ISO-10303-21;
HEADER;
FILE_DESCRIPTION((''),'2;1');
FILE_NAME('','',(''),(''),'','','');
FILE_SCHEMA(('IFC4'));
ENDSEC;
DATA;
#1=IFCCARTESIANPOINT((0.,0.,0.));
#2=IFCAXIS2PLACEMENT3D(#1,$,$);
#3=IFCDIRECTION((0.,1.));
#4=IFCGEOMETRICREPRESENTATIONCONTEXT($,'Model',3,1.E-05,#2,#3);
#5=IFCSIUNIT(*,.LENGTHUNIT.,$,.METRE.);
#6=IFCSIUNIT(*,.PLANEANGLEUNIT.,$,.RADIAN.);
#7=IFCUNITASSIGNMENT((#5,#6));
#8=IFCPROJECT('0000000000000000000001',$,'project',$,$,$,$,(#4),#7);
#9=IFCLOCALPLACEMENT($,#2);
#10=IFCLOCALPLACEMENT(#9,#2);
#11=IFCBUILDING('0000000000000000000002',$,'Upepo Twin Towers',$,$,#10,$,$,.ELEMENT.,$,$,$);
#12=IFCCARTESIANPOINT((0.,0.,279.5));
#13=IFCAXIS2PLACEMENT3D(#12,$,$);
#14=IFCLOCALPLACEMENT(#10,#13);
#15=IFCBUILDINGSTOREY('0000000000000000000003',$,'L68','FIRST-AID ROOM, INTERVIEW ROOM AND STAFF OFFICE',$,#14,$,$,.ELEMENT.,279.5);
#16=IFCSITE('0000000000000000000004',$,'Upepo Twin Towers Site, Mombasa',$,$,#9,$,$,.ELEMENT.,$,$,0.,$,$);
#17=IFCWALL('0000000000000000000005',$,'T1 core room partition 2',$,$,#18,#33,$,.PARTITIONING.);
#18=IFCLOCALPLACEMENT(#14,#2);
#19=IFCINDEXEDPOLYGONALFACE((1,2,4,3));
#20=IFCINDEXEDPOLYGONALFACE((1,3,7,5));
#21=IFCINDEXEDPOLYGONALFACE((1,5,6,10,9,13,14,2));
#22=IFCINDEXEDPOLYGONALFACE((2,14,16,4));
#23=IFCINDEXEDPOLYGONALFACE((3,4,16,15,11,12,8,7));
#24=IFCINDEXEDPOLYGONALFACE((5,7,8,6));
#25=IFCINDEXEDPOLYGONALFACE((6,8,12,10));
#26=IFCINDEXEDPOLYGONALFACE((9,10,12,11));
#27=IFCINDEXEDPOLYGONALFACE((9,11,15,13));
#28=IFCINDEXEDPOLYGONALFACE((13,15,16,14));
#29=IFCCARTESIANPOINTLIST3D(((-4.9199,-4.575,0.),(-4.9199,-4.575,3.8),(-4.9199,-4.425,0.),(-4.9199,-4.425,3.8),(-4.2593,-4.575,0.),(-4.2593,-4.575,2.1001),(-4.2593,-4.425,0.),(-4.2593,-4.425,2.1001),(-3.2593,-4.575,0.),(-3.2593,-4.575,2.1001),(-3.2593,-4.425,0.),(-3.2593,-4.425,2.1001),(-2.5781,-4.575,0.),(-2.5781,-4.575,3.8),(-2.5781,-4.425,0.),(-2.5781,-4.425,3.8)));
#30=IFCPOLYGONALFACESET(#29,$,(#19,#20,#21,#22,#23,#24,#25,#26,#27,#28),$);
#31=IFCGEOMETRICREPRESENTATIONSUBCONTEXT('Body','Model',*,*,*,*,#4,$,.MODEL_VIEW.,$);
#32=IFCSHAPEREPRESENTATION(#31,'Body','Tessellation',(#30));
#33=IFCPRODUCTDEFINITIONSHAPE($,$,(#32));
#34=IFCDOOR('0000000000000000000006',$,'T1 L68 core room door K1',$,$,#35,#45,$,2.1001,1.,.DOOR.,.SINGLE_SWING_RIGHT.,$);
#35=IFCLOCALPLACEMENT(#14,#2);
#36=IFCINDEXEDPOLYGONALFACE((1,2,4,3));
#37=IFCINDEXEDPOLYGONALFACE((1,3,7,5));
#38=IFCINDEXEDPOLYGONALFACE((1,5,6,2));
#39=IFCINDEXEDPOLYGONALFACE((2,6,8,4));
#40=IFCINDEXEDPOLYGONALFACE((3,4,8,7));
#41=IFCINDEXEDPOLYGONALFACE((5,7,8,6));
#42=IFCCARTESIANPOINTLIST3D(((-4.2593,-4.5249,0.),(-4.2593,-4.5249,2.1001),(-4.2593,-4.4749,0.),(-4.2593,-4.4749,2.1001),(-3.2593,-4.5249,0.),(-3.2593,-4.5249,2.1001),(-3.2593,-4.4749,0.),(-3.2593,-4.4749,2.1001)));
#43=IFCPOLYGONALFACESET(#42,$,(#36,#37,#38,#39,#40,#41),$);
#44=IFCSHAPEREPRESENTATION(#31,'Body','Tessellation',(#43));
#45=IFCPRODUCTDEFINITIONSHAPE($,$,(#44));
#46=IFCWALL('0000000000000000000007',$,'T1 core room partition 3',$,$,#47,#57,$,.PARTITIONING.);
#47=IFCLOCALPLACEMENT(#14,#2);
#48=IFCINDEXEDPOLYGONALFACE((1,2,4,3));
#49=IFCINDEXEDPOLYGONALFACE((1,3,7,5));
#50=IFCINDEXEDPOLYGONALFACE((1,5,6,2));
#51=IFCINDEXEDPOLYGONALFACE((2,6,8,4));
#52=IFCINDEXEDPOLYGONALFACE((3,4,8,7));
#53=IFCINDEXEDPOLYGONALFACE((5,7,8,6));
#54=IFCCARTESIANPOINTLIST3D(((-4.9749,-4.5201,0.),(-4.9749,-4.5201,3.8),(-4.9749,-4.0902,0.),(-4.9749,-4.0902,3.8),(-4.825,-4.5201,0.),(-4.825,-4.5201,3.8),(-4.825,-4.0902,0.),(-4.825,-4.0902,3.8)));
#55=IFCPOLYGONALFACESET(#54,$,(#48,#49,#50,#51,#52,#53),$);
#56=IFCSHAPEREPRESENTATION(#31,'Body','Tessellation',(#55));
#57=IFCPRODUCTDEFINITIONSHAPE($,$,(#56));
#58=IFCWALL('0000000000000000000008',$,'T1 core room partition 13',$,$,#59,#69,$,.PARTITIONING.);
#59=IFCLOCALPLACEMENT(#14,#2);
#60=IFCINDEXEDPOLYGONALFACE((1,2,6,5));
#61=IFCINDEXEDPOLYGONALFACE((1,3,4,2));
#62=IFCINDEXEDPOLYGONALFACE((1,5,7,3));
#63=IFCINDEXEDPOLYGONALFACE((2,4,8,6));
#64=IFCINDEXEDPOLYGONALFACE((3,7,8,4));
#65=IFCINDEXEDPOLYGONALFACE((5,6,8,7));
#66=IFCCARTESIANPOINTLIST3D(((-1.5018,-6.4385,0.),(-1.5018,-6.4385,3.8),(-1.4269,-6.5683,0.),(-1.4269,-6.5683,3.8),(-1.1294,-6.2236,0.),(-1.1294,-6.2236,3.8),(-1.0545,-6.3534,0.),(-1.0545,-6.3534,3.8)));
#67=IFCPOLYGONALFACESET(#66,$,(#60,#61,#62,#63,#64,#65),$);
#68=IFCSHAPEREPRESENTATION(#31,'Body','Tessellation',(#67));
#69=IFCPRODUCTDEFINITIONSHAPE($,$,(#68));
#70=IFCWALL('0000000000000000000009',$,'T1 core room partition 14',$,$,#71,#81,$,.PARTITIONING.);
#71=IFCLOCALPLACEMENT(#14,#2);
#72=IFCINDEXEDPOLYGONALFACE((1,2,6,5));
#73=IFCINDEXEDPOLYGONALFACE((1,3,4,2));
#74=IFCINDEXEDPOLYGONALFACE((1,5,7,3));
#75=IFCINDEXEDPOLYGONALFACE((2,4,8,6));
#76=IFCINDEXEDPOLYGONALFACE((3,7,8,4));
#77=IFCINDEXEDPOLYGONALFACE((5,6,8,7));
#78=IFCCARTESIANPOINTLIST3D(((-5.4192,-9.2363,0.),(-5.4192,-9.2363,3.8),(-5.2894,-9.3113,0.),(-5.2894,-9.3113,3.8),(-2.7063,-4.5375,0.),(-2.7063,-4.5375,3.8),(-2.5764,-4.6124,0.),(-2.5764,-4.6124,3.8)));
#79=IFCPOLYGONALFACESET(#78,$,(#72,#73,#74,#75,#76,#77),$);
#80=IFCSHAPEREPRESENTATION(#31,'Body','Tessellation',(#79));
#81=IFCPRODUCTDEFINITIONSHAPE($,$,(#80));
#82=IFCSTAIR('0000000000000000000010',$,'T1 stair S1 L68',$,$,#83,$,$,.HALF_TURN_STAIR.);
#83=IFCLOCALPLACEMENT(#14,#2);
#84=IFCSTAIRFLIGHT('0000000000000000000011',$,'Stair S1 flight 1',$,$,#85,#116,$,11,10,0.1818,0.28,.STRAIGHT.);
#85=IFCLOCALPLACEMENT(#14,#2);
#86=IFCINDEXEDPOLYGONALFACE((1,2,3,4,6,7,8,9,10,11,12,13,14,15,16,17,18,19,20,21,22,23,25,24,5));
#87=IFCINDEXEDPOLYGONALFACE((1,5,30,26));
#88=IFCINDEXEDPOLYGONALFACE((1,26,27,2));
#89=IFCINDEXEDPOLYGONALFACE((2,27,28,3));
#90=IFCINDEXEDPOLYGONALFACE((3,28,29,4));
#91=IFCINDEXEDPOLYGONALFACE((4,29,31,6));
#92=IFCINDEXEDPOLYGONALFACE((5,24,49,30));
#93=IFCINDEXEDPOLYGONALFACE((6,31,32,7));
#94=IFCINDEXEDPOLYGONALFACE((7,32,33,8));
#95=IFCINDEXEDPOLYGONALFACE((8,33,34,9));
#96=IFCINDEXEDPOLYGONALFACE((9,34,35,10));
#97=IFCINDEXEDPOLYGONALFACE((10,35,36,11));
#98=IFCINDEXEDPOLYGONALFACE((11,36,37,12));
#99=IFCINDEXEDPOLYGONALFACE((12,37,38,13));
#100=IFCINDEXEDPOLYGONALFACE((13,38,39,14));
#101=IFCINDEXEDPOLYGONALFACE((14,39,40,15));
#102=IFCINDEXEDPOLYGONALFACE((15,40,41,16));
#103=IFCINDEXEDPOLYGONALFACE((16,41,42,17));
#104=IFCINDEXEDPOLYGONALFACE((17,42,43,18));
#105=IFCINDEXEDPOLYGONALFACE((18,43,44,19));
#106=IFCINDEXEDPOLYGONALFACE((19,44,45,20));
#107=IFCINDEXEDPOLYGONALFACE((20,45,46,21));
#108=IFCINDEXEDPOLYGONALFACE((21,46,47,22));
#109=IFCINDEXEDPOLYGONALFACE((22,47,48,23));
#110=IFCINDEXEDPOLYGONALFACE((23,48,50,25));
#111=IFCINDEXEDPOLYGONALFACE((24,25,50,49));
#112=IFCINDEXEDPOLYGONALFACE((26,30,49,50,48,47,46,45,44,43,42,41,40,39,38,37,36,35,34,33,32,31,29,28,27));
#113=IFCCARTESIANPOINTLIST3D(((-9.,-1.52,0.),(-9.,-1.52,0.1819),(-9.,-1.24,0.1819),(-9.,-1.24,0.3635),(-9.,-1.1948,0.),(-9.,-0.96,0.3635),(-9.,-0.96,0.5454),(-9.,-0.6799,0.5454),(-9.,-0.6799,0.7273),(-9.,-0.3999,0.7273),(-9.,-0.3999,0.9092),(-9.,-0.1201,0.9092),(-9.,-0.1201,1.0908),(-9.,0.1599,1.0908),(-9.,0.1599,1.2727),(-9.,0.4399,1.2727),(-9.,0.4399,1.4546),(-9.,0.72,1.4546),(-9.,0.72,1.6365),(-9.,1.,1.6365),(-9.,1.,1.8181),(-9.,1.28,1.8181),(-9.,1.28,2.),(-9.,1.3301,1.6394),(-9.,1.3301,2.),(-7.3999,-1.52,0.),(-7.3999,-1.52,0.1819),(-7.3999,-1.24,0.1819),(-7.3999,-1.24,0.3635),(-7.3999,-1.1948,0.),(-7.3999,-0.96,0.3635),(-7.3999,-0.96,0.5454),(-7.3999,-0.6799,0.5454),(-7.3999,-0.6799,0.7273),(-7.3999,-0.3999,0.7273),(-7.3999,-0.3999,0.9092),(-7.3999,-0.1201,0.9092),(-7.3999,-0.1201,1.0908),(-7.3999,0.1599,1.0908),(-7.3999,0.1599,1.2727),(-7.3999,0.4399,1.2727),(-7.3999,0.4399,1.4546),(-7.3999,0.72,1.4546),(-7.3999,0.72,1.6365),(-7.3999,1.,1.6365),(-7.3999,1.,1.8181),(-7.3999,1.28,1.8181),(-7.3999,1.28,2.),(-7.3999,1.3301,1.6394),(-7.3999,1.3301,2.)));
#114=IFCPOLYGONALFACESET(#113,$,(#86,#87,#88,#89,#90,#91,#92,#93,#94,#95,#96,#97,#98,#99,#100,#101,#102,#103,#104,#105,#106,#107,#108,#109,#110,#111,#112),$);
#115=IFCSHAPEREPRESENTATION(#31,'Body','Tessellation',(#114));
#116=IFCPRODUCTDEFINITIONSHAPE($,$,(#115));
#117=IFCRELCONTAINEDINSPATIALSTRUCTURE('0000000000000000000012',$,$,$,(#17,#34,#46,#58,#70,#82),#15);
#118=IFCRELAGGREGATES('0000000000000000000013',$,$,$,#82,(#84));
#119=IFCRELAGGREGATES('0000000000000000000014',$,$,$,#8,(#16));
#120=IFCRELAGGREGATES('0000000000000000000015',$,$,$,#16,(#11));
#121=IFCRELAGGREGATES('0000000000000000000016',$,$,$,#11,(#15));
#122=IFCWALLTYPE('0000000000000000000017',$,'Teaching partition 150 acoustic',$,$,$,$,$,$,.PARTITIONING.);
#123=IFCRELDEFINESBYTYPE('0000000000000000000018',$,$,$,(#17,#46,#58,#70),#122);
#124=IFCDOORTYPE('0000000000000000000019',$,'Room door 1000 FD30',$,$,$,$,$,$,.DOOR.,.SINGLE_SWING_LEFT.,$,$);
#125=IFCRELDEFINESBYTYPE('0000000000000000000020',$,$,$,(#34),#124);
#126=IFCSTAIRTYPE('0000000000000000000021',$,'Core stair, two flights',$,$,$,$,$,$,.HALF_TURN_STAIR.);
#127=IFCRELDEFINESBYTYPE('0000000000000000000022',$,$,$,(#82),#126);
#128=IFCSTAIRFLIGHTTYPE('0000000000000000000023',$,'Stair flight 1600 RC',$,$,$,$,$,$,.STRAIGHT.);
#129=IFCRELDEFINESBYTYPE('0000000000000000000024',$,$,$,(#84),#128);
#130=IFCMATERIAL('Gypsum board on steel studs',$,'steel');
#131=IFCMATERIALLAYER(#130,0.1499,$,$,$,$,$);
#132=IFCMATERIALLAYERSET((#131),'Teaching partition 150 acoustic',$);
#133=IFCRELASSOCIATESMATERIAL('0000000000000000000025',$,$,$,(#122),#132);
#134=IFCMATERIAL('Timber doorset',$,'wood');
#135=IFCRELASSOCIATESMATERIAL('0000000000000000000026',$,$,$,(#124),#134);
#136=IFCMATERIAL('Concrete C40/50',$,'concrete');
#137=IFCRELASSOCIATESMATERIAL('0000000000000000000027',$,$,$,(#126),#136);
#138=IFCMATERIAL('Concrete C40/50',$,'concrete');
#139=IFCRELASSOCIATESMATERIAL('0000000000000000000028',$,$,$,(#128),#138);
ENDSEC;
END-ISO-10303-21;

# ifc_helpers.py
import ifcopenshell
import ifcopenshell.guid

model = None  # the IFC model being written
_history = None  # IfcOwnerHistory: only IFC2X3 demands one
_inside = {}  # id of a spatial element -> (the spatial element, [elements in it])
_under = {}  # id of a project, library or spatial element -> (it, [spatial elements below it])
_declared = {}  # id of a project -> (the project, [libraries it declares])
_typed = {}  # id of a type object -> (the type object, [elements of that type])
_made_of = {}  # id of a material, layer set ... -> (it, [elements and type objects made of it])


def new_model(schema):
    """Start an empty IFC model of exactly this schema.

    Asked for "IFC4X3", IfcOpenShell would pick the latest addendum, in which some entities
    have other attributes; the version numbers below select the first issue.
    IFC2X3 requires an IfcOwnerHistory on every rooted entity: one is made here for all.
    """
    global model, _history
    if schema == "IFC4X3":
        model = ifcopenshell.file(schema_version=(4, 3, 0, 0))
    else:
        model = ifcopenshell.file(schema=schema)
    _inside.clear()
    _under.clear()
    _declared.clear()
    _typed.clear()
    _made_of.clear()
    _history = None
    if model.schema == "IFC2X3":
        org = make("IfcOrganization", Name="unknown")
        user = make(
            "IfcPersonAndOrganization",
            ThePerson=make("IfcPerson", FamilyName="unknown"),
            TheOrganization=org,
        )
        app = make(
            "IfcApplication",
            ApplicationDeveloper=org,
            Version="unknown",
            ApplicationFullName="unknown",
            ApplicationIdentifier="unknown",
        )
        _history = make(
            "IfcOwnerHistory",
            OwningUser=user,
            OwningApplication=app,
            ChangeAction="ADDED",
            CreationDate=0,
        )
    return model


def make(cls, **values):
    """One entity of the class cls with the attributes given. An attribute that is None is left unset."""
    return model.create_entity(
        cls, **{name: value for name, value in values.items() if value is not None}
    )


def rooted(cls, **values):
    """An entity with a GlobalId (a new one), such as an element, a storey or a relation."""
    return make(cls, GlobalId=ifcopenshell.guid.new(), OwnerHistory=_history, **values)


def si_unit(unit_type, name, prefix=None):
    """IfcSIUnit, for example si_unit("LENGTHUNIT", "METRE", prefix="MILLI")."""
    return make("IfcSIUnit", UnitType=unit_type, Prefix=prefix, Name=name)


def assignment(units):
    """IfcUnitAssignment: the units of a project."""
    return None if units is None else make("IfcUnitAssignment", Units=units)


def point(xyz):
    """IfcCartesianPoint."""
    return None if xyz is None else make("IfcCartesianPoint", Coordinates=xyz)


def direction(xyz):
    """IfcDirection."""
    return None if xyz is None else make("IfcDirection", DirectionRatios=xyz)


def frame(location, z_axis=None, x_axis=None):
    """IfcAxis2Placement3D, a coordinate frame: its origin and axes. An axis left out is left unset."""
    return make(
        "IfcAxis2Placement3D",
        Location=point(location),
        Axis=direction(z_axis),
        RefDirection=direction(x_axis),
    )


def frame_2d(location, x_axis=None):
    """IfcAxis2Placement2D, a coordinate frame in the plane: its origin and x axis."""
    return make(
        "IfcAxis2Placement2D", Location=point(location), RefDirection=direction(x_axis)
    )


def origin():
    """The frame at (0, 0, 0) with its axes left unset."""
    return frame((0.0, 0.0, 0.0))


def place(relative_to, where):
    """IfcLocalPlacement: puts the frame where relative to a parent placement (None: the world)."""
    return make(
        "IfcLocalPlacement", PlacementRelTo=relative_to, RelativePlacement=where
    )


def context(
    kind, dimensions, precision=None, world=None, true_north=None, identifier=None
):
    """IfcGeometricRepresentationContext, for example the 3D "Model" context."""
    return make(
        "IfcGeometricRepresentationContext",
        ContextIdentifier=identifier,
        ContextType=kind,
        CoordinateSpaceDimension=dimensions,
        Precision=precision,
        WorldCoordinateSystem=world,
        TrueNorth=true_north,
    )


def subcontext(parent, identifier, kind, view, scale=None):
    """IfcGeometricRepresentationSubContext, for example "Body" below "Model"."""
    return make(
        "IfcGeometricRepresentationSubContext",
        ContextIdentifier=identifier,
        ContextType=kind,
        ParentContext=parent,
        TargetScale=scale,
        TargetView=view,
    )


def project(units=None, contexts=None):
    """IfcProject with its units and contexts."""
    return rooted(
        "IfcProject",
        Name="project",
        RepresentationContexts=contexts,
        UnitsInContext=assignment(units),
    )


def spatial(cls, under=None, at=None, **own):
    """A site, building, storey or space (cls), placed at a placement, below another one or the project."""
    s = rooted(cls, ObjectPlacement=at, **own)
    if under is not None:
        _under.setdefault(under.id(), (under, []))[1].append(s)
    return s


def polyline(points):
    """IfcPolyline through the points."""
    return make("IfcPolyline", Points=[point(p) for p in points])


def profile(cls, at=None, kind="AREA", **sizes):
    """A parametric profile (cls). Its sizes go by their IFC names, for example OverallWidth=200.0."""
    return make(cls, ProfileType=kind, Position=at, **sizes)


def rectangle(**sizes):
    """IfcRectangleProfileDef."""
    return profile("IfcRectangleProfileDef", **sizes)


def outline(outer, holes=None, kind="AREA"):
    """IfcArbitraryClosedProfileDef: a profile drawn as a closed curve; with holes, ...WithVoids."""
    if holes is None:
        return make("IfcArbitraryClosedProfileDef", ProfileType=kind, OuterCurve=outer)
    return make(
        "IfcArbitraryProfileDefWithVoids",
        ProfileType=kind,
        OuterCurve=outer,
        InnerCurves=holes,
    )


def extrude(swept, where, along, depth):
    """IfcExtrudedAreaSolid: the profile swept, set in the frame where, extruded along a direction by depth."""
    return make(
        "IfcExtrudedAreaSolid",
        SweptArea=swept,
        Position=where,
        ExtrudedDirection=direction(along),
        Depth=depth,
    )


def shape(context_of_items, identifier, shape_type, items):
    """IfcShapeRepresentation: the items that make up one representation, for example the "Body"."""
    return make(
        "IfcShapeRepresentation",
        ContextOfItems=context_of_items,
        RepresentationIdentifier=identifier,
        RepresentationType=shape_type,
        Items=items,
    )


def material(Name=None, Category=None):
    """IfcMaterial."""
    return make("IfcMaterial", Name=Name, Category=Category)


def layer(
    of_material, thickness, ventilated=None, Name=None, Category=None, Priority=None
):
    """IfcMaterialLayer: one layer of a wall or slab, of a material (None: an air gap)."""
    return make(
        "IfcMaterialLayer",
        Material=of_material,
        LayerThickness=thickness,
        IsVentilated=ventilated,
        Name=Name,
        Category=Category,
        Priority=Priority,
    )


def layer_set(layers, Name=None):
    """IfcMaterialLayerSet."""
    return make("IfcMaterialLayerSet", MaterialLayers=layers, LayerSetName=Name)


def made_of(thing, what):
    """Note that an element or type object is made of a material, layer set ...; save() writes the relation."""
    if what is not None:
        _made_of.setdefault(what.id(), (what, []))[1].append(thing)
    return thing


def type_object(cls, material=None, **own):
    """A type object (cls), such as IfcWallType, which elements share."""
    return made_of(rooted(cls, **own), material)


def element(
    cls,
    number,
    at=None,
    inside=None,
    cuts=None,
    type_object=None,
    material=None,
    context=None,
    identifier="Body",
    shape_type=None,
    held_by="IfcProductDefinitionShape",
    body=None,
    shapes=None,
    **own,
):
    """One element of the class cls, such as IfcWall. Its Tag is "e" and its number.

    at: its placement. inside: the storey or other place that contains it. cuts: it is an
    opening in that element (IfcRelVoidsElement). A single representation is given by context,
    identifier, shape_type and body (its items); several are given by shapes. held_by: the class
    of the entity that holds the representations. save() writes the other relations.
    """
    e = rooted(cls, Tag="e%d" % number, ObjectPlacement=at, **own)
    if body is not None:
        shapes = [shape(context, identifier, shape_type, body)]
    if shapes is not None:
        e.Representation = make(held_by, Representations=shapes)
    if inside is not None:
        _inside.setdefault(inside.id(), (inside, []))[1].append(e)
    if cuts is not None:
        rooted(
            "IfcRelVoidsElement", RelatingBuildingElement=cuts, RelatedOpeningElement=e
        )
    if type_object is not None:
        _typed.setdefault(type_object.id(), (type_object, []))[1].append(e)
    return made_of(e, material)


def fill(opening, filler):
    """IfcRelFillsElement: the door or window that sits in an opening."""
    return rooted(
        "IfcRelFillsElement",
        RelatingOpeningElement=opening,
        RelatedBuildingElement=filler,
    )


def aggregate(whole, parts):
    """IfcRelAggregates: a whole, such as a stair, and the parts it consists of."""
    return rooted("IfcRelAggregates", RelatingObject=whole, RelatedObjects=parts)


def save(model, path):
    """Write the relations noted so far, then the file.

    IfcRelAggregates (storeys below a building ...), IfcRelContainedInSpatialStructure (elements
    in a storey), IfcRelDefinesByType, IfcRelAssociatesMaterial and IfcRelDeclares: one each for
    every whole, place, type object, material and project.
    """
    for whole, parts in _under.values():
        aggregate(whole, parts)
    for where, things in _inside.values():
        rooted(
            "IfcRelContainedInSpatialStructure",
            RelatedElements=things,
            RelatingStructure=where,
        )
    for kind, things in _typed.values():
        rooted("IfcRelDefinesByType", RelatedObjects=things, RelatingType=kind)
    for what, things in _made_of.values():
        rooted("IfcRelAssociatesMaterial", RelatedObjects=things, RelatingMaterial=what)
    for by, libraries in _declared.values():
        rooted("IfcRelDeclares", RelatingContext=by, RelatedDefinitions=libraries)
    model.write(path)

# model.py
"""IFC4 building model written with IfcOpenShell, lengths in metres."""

from ifc_helpers import new_model, si_unit, direction, frame, frame_2d, origin, place, context, subcontext, project, spatial, polyline, rectangle, outline, extrude, material, layer, layer_set, type_object, element, fill, aggregate, save


model = new_model("IFC4")

# Units and contexts
model_context = context("Model", 3, precision=1e-05, world=origin(), true_north=direction((0.0, 1.0)))
body_context = subcontext(model_context, "Body", "Model", "MODEL_VIEW")
ifc_project = project(units=[si_unit("LENGTHUNIT", "METRE"), si_unit("PLANEANGLEUNIT", "RADIAN")], contexts=[model_context])

# Site, building, storey
site_placement = place(None, origin())
site = spatial("IfcSite", under=ifc_project, at=site_placement, Name="Upepo Twin Towers Site, Mombasa", CompositionType="ELEMENT", RefElevation=0.0)
building_placement = place(site_placement, origin())
building = spatial("IfcBuilding", under=site, at=building_placement, Name="Upepo Twin Towers", CompositionType="ELEMENT")
storey_placement = place(building_placement, frame((0.0, 0.0, 279.5)))
storey = spatial("IfcBuildingStorey", under=building, at=storey_placement, Name="L68", Description="FIRST-AID ROOM, INTERVIEW ROOM AND STAFF OFFICE", CompositionType="ELEMENT", Elevation=279.5)

# Wall, opening, door
ifc_material_1 = material(Name="Gypsum board on steel studs", Category="steel")
ifc_layer_1 = layer(ifc_material_1, 0.1499)
ifc_layer_set_1 = layer_set([ifc_layer_1], Name="Teaching partition 150 acoustic")
wall_type_1 = type_object("IfcWallType", Name="Teaching partition 150 acoustic", PredefinedType="PARTITIONING", material=ifc_layer_set_1)
ifc_material_2 = material(Name="Timber doorset", Category="wood")
door_type_1 = type_object("IfcDoorType", Name="Room door 1000 FD30", OperationType="SINGLE_SWING_LEFT", PredefinedType="DOOR", material=ifc_material_2)
wall_1_placement = place(storey_placement, frame((-2.5781, -4.5, 0.0), z_axis=(0.0, 0.0, 1.0), x_axis=(-1.0, 0.0, 0.0)))
wall_1 = element("IfcWall", 1, at=wall_1_placement, inside=storey, type_object=wall_type_1, Name="T1 core room partition 2", PredefinedType="PARTITIONING", context=body_context, shape_type="SweptSolid", body=[
    extrude(rectangle(XDim=2.3418, YDim=0.1499, at=frame_2d((1.1709, 0.0))), origin(), (0.0, 0.0, 1.0), 3.8),
])
opening_1_placement = place(wall_1_placement, frame((0.6812, 0.0, 0.0)))
opening_1 = element("IfcOpeningElement", 2, at=opening_1_placement, cuts=wall_1, PredefinedType="OPENING", context=body_context, shape_type="SweptSolid", body=[
    extrude(rectangle(XDim=1.0, YDim=2.1001, at=frame_2d((0.5, 1.05))), frame((0.0, 0.085, 0.0), z_axis=(0.0, -1.0, 0.0), x_axis=(1.0, 0.0, 0.0)), (0.0, 0.0, 1.0), 0.1699),
])
door_1_placement = place(opening_1_placement, origin())
door_1 = element("IfcDoor", 3, at=door_1_placement, inside=storey, type_object=door_type_1, Name="T1 L68 core room door K1", OperationType="SINGLE_SWING_RIGHT", OverallHeight=2.1001, OverallWidth=1.0, PredefinedType="DOOR", context=body_context, shape_type="SweptSolid", body=[
    extrude(rectangle(XDim=1.0, YDim=2.1001, at=frame_2d((0.5, 1.05))), frame((0.0, 0.0249, 0.0), z_axis=(0.0, -1.0, 0.0), x_axis=(1.0, 0.0, 0.0)), (0.0, 0.0, 1.0), 0.05),
])
fill(opening_1, door_1)

# Walls
for number, where, z_axis, x_axis, name in (
    (4, (-4.8999, -4.52, 0.0), (0.0, 0.0, 1.0), (0.0, 1.0, 0.0), "T1 core room partition 3"),
    (5, (-1.092, -6.2886, 0.0), (0.0, 0.0, 1.0), (-0.866138, -0.499804, 0.0), "T1 core room partition 13"),
):
    element("IfcWall", number, at=place(storey_placement, frame(where, z_axis=z_axis, x_axis=x_axis)), inside=storey, type_object=wall_type_1, Name=name, PredefinedType="PARTITIONING", context=body_context, shape_type="SweptSolid", body=[
        extrude(rectangle(XDim=0.4299, YDim=0.1499, at=frame_2d((0.2148, 0.0))), origin(), (0.0, 0.0, 1.0), 3.8),
    ])
wall_2_placement = place(storey_placement, frame((-2.6414, -4.575, 0.0), z_axis=(0.0, 0.0, 1.0), x_axis=(-0.500011, -0.866019, 0.0)))
element("IfcWall", 6, at=wall_2_placement, inside=storey, type_object=wall_type_1, Name="T1 core room partition 14", PredefinedType="PARTITIONING", context=body_context, shape_type="SweptSolid", body=[
    extrude(rectangle(XDim=5.4258, YDim=0.1499, at=frame_2d((2.7129, 0.0))), origin(), (0.0, 0.0, 1.0), 3.8),
])

# Stair, stair flight
ifc_material_3 = material(Name="Concrete C40/50", Category="concrete")
stair_type = type_object("IfcStairType", Name="Core stair, two flights", PredefinedType="HALF_TURN_STAIR", material=ifc_material_3)
stair_placement = place(storey_placement, origin())
stair = element("IfcStair", 7, at=stair_placement, inside=storey, type_object=stair_type, Name="T1 stair S1 L68", PredefinedType="HALF_TURN_STAIR")
ifc_material_4 = material(Name="Concrete C40/50", Category="concrete")
stair_flight_type = type_object("IfcStairFlightType", Name="Stair flight 1600 RC", PredefinedType="STRAIGHT", material=ifc_material_4)
stair_flight_placement = place(storey_placement, frame((-8.2, -1.52, 0.0), z_axis=(0.0, 0.0, 1.0), x_axis=(0.0, 1.0, 0.0)))
stair_flight = element("IfcStairFlight", 8, at=stair_flight_placement, type_object=stair_flight_type, Name="Stair S1 flight 1", NumberOfRisers=11, NumberOfTreads=10, PredefinedType="STRAIGHT", RiserHeight=0.1818, TreadLength=0.28, context=body_context, shape_type="SweptSolid", body=[
    extrude(outline(polyline([(0.0, 0.0), (0.0, 0.1819), (0.28, 0.1819), (0.28, 0.3635), (0.5601, 0.3635), (0.5601, 0.5454), (0.8401, 0.5454), (0.8401, 0.7273), (1.1201, 0.7273), (1.1201, 0.9092), (1.3999, 0.9092), (1.3999, 1.0908), (1.6799, 1.0908), (1.6799, 1.2727), (1.96, 1.2727), (1.96, 1.4546), (2.24, 1.4546), (2.24, 1.6365), (2.52, 1.6365), (2.52, 1.8181), (2.8, 1.8181), (2.8, 2.0), (2.8501, 2.0), (2.8501, 1.6394), (0.3252, 0.0), (0.0, 0.0)])), frame((0.0, 0.8, 0.0), z_axis=(0.0, -1.0, 0.0), x_axis=(1.0, 0.0, 0.0)), (0.0, 0.0, 1.0), 1.6001),
])
aggregate(stair, [stair_flight])

save(model, "model.ifc")
